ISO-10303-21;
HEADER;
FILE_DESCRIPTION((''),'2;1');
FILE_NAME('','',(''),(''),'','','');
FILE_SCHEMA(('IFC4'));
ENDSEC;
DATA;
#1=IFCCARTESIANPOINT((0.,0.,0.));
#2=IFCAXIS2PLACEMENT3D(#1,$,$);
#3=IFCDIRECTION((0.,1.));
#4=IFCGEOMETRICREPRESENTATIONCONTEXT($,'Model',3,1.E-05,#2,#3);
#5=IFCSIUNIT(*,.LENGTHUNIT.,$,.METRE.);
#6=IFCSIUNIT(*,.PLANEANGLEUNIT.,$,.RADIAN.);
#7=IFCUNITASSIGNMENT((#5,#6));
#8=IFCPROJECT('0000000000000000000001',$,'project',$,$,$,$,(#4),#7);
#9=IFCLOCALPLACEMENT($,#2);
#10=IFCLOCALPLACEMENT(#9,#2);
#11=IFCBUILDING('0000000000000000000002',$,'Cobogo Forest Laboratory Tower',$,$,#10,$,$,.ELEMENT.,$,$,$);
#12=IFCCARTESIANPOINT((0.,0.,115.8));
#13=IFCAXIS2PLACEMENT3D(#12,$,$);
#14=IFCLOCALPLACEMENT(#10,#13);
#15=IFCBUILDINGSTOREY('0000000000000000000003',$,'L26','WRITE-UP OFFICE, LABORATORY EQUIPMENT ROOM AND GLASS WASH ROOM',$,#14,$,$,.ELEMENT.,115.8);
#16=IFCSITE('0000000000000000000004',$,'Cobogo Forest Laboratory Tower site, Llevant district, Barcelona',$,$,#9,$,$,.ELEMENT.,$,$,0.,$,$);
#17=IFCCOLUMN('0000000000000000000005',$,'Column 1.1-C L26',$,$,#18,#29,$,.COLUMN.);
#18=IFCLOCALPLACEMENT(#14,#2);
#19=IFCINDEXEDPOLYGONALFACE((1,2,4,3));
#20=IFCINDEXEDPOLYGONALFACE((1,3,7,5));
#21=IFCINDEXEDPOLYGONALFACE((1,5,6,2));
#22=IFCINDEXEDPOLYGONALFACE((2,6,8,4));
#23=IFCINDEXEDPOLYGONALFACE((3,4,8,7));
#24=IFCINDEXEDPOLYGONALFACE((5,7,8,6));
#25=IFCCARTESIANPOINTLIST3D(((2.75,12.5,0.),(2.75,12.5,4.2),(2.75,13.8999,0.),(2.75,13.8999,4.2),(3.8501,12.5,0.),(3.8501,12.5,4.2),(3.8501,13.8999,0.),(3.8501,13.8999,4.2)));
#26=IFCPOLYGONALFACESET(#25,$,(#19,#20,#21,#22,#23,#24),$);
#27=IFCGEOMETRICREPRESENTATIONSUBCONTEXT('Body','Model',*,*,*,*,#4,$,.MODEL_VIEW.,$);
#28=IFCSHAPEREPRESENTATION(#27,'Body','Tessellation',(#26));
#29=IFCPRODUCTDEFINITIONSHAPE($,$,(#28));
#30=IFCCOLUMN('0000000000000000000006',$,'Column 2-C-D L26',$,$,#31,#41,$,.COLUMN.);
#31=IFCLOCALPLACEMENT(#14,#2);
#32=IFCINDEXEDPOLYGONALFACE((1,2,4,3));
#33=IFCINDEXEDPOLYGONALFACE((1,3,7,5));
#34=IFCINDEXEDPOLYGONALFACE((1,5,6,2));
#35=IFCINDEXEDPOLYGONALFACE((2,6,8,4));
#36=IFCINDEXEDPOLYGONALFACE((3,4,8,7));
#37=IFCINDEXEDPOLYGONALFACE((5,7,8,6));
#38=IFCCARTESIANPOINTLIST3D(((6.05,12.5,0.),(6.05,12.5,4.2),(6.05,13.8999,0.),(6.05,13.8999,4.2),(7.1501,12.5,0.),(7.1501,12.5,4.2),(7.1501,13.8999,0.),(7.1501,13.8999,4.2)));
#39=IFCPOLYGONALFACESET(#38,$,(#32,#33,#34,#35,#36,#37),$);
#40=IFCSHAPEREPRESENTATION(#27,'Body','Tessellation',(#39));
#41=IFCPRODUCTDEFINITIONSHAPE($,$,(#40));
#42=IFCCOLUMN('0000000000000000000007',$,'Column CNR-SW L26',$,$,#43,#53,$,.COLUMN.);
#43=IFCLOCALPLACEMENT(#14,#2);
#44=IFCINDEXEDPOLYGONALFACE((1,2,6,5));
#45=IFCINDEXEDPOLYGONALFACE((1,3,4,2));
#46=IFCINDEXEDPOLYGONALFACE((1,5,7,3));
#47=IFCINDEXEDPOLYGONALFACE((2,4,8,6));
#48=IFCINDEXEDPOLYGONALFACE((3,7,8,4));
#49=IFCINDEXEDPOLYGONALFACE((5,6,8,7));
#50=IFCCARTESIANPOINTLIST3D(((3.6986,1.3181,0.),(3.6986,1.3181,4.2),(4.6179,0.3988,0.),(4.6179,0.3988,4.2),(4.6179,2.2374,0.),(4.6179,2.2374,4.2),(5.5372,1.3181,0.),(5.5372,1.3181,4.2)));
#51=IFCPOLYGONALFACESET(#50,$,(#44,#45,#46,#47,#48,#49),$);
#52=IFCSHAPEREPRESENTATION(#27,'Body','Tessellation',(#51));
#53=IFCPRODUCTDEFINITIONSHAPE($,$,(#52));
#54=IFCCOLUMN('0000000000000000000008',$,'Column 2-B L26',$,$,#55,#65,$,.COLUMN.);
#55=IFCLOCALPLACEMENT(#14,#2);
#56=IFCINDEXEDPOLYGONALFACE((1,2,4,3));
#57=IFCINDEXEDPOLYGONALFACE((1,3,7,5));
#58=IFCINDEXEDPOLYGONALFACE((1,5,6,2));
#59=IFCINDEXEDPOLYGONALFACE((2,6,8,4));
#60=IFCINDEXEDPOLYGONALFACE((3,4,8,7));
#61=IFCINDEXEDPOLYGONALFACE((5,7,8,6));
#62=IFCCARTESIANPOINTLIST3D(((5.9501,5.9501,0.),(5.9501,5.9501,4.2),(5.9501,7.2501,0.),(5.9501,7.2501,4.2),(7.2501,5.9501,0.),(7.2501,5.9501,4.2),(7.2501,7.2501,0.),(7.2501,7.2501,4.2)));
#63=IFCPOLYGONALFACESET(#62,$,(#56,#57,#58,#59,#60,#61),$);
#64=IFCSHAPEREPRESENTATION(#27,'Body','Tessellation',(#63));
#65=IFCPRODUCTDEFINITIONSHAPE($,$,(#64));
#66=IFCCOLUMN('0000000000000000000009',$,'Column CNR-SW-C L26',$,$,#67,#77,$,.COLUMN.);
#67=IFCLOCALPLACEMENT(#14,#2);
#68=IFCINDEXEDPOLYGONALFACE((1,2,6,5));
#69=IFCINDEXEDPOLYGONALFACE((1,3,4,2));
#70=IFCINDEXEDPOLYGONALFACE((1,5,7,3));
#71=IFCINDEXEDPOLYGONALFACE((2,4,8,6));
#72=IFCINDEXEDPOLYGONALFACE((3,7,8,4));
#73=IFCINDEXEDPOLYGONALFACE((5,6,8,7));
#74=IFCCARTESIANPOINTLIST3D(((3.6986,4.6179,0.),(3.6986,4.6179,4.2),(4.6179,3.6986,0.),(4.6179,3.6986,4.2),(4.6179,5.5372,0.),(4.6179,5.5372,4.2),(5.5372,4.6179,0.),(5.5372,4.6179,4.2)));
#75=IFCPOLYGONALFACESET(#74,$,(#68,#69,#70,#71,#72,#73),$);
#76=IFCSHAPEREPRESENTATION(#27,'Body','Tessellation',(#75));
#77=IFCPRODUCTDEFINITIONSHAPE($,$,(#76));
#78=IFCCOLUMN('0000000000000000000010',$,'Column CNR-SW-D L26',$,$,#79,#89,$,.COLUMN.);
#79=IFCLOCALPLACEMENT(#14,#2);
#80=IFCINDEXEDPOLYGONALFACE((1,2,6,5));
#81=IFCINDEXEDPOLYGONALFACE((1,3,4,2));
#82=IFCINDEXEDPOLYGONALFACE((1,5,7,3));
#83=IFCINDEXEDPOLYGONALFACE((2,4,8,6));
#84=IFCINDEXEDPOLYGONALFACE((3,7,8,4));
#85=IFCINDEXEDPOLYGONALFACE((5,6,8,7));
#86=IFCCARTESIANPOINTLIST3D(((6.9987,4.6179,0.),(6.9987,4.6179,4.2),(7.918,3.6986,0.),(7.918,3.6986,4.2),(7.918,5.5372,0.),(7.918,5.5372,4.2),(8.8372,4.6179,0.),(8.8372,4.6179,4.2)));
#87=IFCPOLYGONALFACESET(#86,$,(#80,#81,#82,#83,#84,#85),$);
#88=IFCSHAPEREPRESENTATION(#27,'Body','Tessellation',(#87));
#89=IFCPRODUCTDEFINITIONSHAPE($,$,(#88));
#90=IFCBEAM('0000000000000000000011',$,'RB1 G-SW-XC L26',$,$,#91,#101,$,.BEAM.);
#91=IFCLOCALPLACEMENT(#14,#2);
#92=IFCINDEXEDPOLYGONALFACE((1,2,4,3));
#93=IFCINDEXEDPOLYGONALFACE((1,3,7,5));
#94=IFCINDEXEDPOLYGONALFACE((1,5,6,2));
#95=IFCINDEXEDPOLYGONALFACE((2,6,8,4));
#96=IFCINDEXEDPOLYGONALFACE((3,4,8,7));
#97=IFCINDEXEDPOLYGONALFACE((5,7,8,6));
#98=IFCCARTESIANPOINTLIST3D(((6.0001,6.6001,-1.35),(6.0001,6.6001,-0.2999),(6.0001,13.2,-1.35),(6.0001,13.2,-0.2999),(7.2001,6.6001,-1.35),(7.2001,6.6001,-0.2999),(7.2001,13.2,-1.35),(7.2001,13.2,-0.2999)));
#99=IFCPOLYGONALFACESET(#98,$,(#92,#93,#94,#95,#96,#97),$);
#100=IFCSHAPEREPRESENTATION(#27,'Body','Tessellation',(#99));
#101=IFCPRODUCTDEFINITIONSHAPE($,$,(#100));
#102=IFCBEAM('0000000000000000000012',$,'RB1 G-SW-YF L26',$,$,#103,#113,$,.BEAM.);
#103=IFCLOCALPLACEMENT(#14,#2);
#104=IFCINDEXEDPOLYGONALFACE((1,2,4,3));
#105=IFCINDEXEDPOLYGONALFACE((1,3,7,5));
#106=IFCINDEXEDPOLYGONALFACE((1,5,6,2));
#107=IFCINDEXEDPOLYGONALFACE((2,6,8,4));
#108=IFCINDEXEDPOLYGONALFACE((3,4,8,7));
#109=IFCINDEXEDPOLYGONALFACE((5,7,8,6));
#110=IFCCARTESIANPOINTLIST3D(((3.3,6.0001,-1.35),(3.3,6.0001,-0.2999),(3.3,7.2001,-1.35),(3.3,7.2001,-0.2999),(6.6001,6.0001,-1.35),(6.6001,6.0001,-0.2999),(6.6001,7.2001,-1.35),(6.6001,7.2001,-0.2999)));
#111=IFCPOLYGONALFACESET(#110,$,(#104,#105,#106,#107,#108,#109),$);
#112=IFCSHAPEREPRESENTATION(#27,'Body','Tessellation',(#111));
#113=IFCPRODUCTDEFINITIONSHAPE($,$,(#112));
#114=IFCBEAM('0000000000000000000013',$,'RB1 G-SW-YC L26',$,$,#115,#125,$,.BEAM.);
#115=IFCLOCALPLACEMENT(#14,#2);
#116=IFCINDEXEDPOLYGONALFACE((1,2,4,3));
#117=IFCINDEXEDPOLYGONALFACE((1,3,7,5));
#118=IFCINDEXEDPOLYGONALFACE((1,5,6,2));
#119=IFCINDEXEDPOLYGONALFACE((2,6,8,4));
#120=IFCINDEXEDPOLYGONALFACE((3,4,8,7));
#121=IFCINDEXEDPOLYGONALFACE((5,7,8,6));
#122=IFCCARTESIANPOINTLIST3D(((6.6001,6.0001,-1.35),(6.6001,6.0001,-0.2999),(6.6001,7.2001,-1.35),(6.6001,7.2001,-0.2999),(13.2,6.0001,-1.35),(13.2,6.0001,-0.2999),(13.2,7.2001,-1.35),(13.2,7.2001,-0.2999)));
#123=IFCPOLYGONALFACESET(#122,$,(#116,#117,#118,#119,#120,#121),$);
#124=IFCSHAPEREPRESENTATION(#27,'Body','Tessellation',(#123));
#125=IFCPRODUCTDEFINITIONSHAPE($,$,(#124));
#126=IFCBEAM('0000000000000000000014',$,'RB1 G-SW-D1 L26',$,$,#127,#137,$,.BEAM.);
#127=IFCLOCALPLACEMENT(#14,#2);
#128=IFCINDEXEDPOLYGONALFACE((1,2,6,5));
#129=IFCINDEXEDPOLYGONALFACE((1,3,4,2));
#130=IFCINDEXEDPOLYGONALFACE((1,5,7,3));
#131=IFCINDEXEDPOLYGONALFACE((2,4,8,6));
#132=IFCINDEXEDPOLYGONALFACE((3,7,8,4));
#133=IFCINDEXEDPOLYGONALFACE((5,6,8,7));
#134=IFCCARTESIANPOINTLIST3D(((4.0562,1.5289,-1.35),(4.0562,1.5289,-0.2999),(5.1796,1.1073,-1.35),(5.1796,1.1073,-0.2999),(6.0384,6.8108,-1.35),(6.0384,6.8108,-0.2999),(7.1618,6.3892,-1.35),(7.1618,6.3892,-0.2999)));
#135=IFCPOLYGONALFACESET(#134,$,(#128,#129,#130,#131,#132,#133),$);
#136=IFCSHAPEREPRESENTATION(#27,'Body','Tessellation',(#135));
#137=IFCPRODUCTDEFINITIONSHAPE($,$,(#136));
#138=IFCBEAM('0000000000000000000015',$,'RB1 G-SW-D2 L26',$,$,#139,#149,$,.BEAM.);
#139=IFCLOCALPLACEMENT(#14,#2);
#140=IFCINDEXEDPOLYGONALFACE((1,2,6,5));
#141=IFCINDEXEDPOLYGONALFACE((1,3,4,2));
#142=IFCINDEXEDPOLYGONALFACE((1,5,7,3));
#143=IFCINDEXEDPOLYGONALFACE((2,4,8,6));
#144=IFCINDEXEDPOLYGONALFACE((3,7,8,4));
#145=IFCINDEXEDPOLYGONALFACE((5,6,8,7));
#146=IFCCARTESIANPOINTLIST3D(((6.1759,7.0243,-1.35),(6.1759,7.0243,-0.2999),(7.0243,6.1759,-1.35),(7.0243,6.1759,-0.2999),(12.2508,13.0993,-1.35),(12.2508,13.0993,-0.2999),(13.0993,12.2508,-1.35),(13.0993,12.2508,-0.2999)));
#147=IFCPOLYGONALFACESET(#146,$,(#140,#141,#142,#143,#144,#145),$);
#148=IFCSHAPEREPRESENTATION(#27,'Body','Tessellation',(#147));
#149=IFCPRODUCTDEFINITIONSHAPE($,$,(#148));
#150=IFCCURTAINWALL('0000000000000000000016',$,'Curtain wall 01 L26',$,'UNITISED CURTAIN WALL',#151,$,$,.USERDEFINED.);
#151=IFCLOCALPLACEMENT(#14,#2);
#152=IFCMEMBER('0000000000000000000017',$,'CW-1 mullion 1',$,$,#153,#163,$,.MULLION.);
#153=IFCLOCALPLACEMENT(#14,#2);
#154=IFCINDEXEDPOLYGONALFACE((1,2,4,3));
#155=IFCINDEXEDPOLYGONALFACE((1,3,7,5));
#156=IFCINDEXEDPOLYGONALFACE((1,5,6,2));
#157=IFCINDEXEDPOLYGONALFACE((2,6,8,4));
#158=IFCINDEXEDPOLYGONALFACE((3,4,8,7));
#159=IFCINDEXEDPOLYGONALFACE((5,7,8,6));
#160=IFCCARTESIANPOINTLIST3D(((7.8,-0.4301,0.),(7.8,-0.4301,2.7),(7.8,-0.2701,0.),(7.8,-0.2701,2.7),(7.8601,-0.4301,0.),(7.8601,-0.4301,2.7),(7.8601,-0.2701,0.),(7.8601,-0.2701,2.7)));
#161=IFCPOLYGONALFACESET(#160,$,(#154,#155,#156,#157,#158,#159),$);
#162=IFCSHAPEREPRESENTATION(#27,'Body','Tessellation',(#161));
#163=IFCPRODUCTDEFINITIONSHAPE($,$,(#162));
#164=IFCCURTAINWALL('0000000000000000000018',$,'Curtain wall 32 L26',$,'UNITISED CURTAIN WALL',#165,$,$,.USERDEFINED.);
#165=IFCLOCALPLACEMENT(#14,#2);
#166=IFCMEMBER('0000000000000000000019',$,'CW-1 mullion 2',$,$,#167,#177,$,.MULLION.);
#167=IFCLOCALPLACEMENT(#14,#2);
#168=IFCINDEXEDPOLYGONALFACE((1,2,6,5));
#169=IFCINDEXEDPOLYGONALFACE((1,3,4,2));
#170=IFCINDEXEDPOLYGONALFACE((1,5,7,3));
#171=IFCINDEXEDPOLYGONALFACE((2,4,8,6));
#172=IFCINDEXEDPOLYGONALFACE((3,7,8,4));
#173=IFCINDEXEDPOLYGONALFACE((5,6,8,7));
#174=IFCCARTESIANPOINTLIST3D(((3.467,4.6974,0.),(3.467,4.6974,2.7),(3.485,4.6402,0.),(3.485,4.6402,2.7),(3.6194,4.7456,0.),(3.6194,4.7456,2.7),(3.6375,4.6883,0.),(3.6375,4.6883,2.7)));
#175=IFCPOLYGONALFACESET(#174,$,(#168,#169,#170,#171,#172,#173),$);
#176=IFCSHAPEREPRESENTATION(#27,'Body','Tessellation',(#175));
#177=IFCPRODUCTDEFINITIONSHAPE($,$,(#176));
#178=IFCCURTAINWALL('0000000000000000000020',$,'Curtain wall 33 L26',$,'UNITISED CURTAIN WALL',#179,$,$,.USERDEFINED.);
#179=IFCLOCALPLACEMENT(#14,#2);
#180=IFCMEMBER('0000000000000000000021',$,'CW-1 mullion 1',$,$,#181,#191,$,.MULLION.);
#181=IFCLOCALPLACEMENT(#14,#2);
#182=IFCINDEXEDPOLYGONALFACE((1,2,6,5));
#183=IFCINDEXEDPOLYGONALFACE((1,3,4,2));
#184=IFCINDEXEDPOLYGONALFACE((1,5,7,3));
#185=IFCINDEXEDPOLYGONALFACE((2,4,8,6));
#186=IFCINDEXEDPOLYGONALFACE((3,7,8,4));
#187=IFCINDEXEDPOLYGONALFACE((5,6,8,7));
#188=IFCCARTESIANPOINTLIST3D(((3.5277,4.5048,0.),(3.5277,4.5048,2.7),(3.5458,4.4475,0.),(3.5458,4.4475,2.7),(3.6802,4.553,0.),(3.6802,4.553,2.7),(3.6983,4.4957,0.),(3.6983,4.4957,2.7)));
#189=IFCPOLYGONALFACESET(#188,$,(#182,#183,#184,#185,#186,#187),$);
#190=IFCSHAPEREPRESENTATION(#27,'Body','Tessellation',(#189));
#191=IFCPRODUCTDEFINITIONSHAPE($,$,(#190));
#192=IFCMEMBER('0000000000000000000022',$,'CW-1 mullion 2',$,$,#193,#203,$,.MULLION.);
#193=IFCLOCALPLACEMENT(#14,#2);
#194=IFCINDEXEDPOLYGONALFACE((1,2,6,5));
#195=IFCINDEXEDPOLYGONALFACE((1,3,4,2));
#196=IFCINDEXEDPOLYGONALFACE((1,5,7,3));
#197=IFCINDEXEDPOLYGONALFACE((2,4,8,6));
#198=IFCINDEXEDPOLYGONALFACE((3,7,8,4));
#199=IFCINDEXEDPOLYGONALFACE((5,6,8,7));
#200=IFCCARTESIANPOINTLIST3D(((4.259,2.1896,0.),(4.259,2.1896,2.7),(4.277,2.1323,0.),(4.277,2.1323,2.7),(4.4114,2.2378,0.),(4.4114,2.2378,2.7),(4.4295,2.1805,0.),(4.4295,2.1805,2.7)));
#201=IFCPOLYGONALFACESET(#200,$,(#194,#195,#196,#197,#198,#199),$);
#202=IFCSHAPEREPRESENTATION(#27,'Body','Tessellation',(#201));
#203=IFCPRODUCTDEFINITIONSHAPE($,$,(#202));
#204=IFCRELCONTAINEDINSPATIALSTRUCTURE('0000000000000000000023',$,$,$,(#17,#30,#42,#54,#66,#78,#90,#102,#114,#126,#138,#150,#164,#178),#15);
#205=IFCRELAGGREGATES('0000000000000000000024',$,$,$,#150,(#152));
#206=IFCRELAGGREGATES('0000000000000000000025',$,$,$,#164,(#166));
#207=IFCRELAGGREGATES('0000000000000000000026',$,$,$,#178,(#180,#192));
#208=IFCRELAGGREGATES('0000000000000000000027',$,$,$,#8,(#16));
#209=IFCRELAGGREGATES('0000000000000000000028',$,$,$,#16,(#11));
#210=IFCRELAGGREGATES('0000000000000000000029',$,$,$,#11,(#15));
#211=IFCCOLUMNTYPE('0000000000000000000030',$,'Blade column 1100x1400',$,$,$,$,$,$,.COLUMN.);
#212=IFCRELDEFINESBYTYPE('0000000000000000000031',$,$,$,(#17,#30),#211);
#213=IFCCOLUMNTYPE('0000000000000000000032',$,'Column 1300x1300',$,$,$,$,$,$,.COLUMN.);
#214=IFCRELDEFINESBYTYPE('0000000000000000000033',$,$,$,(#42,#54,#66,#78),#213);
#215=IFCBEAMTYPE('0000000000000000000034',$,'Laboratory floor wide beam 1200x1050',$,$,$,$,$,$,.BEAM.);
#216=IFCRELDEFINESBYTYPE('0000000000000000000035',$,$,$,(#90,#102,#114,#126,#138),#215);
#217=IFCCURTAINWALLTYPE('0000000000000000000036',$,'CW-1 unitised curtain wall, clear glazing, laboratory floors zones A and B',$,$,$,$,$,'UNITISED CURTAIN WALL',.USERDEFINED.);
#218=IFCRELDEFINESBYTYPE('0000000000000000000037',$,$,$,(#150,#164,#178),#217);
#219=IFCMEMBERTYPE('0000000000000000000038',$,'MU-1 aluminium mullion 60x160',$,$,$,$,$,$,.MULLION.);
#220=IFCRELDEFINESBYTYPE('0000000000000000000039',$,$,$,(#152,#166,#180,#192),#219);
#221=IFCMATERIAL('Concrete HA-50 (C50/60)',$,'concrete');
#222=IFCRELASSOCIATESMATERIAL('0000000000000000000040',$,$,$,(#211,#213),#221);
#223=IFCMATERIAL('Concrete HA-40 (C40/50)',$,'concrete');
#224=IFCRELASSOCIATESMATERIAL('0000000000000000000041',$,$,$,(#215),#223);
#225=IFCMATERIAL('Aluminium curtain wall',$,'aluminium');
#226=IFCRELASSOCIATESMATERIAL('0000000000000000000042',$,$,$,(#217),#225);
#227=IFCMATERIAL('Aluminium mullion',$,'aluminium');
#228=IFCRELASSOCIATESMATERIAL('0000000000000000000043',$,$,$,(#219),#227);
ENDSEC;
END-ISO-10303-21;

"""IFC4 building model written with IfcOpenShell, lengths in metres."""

from ifc_helpers import new_model, si_unit, direction, frame, origin, origin_2d, place, context, subcontext, project, spatial, rectangle, extrude, material, material_profile, profile_set, type_object, element, aggregate, save


model = new_model("IFC4")

# Units and contexts
model_context = context("Model", 3, precision=1e-05, world=origin(), true_north=direction((0.0, 1.0)))
body_context = subcontext(model_context, "Body", "Model", "MODEL_VIEW")
ifc_project = project(units=[si_unit("LENGTHUNIT", "METRE"), si_unit("PLANEANGLEUNIT", "RADIAN")], contexts=[model_context])

# Site, building, storey
site_placement = place(None, origin())
site = spatial("IfcSite", under=ifc_project, at=site_placement, Name="Cobogo Forest Laboratory Tower site, Llevant district, Barcelona", CompositionType="ELEMENT", RefElevation=0.0)
building_placement = place(site_placement, origin())
building = spatial("IfcBuilding", under=site, at=building_placement, Name="Cobogo Forest Laboratory Tower", CompositionType="ELEMENT")
storey_placement = place(building_placement, frame((0.0, 0.0, 115.8)))
storey = spatial("IfcBuildingStorey", under=building, at=storey_placement, Name="L26", Description="WRITE-UP OFFICE, LABORATORY EQUIPMENT ROOM AND GLASS WASH ROOM", CompositionType="ELEMENT", Elevation=115.8)

# Columns
ifc_material_1 = material(Name="Concrete HA-50 (C50/60)", Category="concrete")
ifc_material_profile_1 = material_profile(ifc_material_1, rectangle(XDim=1.3999, YDim=1.1001, at=origin_2d()), Name="RC 1100x1400")
ifc_profile_set_1 = profile_set([ifc_material_profile_1], Name="Concrete HA-50 (C50/60)")
column_type_1 = type_object("IfcColumnType", Name="Blade column 1100x1400", PredefinedType="COLUMN", material=ifc_profile_set_1)
for number, where, z_axis, x_axis, name in (
    (1, (3.3, 13.2, 0.0), (0.0, 0.0, 1.0), (0.0, 1.0, 0.0), "Column 1.1-C L26"),
    (2, (6.6001, 13.2, 0.0), (0.0, 0.0, 1.0), (0.0, 1.0, 0.0), "Column 2-C-D L26"),
):
    element("IfcColumn", number, at=place(storey_placement, frame(where, z_axis=z_axis, x_axis=x_axis)), inside=storey, type_object=column_type_1, Name=name, PredefinedType="COLUMN", context=body_context, shape_type="SweptSolid", body=[
        extrude(rectangle(XDim=1.3999, YDim=1.1001, at=origin_2d()), origin(), (0.0, 0.0, 1.0), 4.2),
    ])
ifc_material_profile_2 = material_profile(ifc_material_1, rectangle(XDim=1.3, YDim=1.3, at=origin_2d()), Name="RC 1300x1300")
ifc_profile_set_2 = profile_set([ifc_material_profile_2], Name="Concrete HA-50 (C50/60)")
column_type_2 = type_object("IfcColumnType", Name="Column 1300x1300", PredefinedType="COLUMN", material=ifc_profile_set_2)
for number, where, z_axis, x_axis, name in (
    (3, (4.6179, 1.3181, 0.0), (0.0, 0.0, 1.0), (0.707107, 0.707107, 0.0), "Column CNR-SW L26"),
    (4, (6.6001, 6.6001, 0.0), (0.0, 0.0, 1.0), (1.0, 0.0, 0.0), "Column 2-B L26"),
    (5, (4.6179, 4.6179, 0.0), (0.0, 0.0, 1.0), (0.707107, 0.707107, 0.0), "Column CNR-SW-C L26"),
    (6, (7.918, 4.6179, 0.0), (0.0, 0.0, 1.0), (0.707107, 0.707107, 0.0), "Column CNR-SW-D L26"),
):
    element("IfcColumn", number, at=place(storey_placement, frame(where, z_axis=z_axis, x_axis=x_axis)), inside=storey, type_object=column_type_2, Name=name, PredefinedType="COLUMN", context=body_context, shape_type="SweptSolid", body=[
        extrude(rectangle(XDim=1.3, YDim=1.3, at=origin_2d()), origin(), (0.0, 0.0, 1.0), 4.2),
    ])

# Beams
ifc_material_2 = material(Name="Concrete HA-40 (C40/50)", Category="concrete")
ifc_material_profile_3 = material_profile(ifc_material_2, rectangle(XDim=1.2, YDim=1.05, at=origin_2d()), Name="RC 1200x1050")
ifc_profile_set_3 = profile_set([ifc_material_profile_3], Name="Concrete HA-40 (C40/50)")
beam_type_1 = type_object("IfcBeamType", Name="Laboratory floor wide beam 1200x1050", PredefinedType="BEAM", material=ifc_profile_set_3)
beam_1_placement = place(storey_placement, frame((6.6001, 6.6001, -0.825), z_axis=(0.0, 1.0, 0.0), x_axis=(-1.0, 0.0, 0.0)))
element("IfcBeam", 7, at=beam_1_placement, inside=storey, type_object=beam_type_1, Name="RB1 G-SW-XC L26", PredefinedType="BEAM", context=body_context, shape_type="SweptSolid", body=[
    extrude(rectangle(XDim=1.2, YDim=1.05, at=origin_2d()), origin(), (0.0, 0.0, 1.0), 6.5999),
])
beam_2_placement = place(storey_placement, frame((3.3, 6.6001, -0.825), z_axis=(1.0, 0.0, 0.0), x_axis=(0.0, 1.0, 0.0)))
element("IfcBeam", 8, at=beam_2_placement, inside=storey, type_object=beam_type_1, Name="RB1 G-SW-YF L26", PredefinedType="BEAM", context=body_context, shape_type="SweptSolid", body=[
    extrude(rectangle(XDim=1.2, YDim=1.05, at=origin_2d()), origin(), (0.0, 0.0, 1.0), 3.3),
])
beam_3_placement = place(storey_placement, frame((6.6001, 6.6001, -0.825), z_axis=(1.0, 0.0, 0.0), x_axis=(0.0, 1.0, 0.0)))
element("IfcBeam", 9, at=beam_3_placement, inside=storey, type_object=beam_type_1, Name="RB1 G-SW-YC L26", PredefinedType="BEAM", context=body_context, shape_type="SweptSolid", body=[
    extrude(rectangle(XDim=1.2, YDim=1.05, at=origin_2d()), origin(), (0.0, 0.0, 1.0), 6.5999),
])
beam_4_placement = place(storey_placement, frame((4.6179, 1.3181, -0.825), z_axis=(0.351346, 0.936246, 0.0), x_axis=(-0.936246, 0.351346, 0.0)))
element("IfcBeam", 10, at=beam_4_placement, inside=storey, type_object=beam_type_1, Name="RB1 G-SW-D1 L26", PredefinedType="BEAM", context=body_context, shape_type="SweptSolid", body=[
    extrude(rectangle(XDim=1.2, YDim=1.05, at=origin_2d()), origin(), (0.0, 0.0, 1.0), 5.6416),
])
beam_5_placement = place(storey_placement, frame((6.6001, 6.6001, -0.825), z_axis=(0.707107, 0.707107, 0.0), x_axis=(-0.707107, 0.707107, 0.0)))
element("IfcBeam", 11, at=beam_5_placement, inside=storey, type_object=beam_type_1, Name="RB1 G-SW-D2 L26", PredefinedType="BEAM", context=body_context, shape_type="SweptSolid", body=[
    extrude(rectangle(XDim=1.2, YDim=1.05, at=origin_2d()), origin(), (0.0, 0.0, 1.0), 8.5913),
])

# Curtain walls, members
ifc_material_3 = material(Name="Aluminium curtain wall", Category="aluminium")
curtain_wall_type = type_object("IfcCurtainWallType", Name="CW-1 unitised curtain wall, clear glazing, laboratory floors zones A and B", ElementType="UNITISED CURTAIN WALL", PredefinedType="USERDEFINED", material=ifc_material_3)
curtain_wall_1_placement = place(storey_placement, origin())
curtain_wall_1 = element("IfcCurtainWall", 12, at=curtain_wall_1_placement, inside=storey, type_object=curtain_wall_type, Name="Curtain wall 01 L26", ObjectType="UNITISED CURTAIN WALL", PredefinedType="USERDEFINED")
ifc_material_4 = material(Name="Aluminium mullion", Category="aluminium")
ifc_material_profile_4 = material_profile(ifc_material_4, rectangle(XDim=0.0601, YDim=0.1599, at=origin_2d()), Name="AL 60x160")
ifc_profile_set_4 = profile_set([ifc_material_profile_4], Name="Aluminium mullion")
member_type_1 = type_object("IfcMemberType", Name="MU-1 aluminium mullion 60x160", PredefinedType="MULLION", material=ifc_profile_set_4)
member_1_placement = place(storey_placement, frame((7.8301, -0.3501, 0.0), z_axis=(0.0, 0.0, 1.0), x_axis=(1.0, 0.0, 0.0)))
member_1 = element("IfcMember", 13, at=member_1_placement, type_object=member_type_1, Name="CW-1 mullion 1", PredefinedType="MULLION", context=body_context, shape_type="SweptSolid", body=[
    extrude(rectangle(XDim=0.0601, YDim=0.1599, at=origin_2d()), origin(), (0.0, 0.0, 1.0), 2.7),
])
curtain_wall_2_placement = place(storey_placement, origin())
curtain_wall_2 = element("IfcCurtainWall", 14, at=curtain_wall_2_placement, inside=storey, type_object=curtain_wall_type, Name="Curtain wall 32 L26", ObjectType="UNITISED CURTAIN WALL", PredefinedType="USERDEFINED")
member_2_placement = place(storey_placement, frame((3.5522, 4.6929, 0.0), z_axis=(0.0, 0.0, 1.0), x_axis=(0.301135, -0.953581, 0.0)))
member_2 = element("IfcMember", 15, at=member_2_placement, type_object=member_type_1, Name="CW-1 mullion 2", PredefinedType="MULLION", context=body_context, shape_type="SweptSolid", body=[
    extrude(rectangle(XDim=0.0601, YDim=0.1599, at=origin_2d()), origin(), (0.0, 0.0, 1.0), 2.7),
])

# Curtain wall, members
curtain_wall_3_placement = place(storey_placement, origin())
curtain_wall_3 = element("IfcCurtainWall", 16, at=curtain_wall_3_placement, inside=storey, type_object=curtain_wall_type, Name="Curtain wall 33 L26", ObjectType="UNITISED CURTAIN WALL", PredefinedType="USERDEFINED")
member_3_placement = place(storey_placement, frame((3.613, 4.5002, 0.0), z_axis=(0.0, 0.0, 1.0), x_axis=(0.301135, -0.953581, 0.0)))
member_3 = element("IfcMember", 17, at=member_3_placement, type_object=member_type_1, Name="CW-1 mullion 1", PredefinedType="MULLION", context=body_context, shape_type="SweptSolid", body=[
    extrude(rectangle(XDim=0.0601, YDim=0.1599, at=origin_2d()), origin(), (0.0, 0.0, 1.0), 2.7),
])
member_4_placement = place(storey_placement, frame((4.3442, 2.1851, 0.0), z_axis=(0.0, 0.0, 1.0), x_axis=(0.301135, -0.953581, 0.0)))
member_4 = element("IfcMember", 18, at=member_4_placement, type_object=member_type_1, Name="CW-1 mullion 2", PredefinedType="MULLION", context=body_context, shape_type="SweptSolid", body=[
    extrude(rectangle(XDim=0.0601, YDim=0.1599, at=origin_2d()), origin(), (0.0, 0.0, 1.0), 2.7),
])

aggregate(curtain_wall_1, [member_1])

aggregate(curtain_wall_2, [member_2])
aggregate(curtain_wall_3, [member_3, member_4])

save(model, "model.ifc")
